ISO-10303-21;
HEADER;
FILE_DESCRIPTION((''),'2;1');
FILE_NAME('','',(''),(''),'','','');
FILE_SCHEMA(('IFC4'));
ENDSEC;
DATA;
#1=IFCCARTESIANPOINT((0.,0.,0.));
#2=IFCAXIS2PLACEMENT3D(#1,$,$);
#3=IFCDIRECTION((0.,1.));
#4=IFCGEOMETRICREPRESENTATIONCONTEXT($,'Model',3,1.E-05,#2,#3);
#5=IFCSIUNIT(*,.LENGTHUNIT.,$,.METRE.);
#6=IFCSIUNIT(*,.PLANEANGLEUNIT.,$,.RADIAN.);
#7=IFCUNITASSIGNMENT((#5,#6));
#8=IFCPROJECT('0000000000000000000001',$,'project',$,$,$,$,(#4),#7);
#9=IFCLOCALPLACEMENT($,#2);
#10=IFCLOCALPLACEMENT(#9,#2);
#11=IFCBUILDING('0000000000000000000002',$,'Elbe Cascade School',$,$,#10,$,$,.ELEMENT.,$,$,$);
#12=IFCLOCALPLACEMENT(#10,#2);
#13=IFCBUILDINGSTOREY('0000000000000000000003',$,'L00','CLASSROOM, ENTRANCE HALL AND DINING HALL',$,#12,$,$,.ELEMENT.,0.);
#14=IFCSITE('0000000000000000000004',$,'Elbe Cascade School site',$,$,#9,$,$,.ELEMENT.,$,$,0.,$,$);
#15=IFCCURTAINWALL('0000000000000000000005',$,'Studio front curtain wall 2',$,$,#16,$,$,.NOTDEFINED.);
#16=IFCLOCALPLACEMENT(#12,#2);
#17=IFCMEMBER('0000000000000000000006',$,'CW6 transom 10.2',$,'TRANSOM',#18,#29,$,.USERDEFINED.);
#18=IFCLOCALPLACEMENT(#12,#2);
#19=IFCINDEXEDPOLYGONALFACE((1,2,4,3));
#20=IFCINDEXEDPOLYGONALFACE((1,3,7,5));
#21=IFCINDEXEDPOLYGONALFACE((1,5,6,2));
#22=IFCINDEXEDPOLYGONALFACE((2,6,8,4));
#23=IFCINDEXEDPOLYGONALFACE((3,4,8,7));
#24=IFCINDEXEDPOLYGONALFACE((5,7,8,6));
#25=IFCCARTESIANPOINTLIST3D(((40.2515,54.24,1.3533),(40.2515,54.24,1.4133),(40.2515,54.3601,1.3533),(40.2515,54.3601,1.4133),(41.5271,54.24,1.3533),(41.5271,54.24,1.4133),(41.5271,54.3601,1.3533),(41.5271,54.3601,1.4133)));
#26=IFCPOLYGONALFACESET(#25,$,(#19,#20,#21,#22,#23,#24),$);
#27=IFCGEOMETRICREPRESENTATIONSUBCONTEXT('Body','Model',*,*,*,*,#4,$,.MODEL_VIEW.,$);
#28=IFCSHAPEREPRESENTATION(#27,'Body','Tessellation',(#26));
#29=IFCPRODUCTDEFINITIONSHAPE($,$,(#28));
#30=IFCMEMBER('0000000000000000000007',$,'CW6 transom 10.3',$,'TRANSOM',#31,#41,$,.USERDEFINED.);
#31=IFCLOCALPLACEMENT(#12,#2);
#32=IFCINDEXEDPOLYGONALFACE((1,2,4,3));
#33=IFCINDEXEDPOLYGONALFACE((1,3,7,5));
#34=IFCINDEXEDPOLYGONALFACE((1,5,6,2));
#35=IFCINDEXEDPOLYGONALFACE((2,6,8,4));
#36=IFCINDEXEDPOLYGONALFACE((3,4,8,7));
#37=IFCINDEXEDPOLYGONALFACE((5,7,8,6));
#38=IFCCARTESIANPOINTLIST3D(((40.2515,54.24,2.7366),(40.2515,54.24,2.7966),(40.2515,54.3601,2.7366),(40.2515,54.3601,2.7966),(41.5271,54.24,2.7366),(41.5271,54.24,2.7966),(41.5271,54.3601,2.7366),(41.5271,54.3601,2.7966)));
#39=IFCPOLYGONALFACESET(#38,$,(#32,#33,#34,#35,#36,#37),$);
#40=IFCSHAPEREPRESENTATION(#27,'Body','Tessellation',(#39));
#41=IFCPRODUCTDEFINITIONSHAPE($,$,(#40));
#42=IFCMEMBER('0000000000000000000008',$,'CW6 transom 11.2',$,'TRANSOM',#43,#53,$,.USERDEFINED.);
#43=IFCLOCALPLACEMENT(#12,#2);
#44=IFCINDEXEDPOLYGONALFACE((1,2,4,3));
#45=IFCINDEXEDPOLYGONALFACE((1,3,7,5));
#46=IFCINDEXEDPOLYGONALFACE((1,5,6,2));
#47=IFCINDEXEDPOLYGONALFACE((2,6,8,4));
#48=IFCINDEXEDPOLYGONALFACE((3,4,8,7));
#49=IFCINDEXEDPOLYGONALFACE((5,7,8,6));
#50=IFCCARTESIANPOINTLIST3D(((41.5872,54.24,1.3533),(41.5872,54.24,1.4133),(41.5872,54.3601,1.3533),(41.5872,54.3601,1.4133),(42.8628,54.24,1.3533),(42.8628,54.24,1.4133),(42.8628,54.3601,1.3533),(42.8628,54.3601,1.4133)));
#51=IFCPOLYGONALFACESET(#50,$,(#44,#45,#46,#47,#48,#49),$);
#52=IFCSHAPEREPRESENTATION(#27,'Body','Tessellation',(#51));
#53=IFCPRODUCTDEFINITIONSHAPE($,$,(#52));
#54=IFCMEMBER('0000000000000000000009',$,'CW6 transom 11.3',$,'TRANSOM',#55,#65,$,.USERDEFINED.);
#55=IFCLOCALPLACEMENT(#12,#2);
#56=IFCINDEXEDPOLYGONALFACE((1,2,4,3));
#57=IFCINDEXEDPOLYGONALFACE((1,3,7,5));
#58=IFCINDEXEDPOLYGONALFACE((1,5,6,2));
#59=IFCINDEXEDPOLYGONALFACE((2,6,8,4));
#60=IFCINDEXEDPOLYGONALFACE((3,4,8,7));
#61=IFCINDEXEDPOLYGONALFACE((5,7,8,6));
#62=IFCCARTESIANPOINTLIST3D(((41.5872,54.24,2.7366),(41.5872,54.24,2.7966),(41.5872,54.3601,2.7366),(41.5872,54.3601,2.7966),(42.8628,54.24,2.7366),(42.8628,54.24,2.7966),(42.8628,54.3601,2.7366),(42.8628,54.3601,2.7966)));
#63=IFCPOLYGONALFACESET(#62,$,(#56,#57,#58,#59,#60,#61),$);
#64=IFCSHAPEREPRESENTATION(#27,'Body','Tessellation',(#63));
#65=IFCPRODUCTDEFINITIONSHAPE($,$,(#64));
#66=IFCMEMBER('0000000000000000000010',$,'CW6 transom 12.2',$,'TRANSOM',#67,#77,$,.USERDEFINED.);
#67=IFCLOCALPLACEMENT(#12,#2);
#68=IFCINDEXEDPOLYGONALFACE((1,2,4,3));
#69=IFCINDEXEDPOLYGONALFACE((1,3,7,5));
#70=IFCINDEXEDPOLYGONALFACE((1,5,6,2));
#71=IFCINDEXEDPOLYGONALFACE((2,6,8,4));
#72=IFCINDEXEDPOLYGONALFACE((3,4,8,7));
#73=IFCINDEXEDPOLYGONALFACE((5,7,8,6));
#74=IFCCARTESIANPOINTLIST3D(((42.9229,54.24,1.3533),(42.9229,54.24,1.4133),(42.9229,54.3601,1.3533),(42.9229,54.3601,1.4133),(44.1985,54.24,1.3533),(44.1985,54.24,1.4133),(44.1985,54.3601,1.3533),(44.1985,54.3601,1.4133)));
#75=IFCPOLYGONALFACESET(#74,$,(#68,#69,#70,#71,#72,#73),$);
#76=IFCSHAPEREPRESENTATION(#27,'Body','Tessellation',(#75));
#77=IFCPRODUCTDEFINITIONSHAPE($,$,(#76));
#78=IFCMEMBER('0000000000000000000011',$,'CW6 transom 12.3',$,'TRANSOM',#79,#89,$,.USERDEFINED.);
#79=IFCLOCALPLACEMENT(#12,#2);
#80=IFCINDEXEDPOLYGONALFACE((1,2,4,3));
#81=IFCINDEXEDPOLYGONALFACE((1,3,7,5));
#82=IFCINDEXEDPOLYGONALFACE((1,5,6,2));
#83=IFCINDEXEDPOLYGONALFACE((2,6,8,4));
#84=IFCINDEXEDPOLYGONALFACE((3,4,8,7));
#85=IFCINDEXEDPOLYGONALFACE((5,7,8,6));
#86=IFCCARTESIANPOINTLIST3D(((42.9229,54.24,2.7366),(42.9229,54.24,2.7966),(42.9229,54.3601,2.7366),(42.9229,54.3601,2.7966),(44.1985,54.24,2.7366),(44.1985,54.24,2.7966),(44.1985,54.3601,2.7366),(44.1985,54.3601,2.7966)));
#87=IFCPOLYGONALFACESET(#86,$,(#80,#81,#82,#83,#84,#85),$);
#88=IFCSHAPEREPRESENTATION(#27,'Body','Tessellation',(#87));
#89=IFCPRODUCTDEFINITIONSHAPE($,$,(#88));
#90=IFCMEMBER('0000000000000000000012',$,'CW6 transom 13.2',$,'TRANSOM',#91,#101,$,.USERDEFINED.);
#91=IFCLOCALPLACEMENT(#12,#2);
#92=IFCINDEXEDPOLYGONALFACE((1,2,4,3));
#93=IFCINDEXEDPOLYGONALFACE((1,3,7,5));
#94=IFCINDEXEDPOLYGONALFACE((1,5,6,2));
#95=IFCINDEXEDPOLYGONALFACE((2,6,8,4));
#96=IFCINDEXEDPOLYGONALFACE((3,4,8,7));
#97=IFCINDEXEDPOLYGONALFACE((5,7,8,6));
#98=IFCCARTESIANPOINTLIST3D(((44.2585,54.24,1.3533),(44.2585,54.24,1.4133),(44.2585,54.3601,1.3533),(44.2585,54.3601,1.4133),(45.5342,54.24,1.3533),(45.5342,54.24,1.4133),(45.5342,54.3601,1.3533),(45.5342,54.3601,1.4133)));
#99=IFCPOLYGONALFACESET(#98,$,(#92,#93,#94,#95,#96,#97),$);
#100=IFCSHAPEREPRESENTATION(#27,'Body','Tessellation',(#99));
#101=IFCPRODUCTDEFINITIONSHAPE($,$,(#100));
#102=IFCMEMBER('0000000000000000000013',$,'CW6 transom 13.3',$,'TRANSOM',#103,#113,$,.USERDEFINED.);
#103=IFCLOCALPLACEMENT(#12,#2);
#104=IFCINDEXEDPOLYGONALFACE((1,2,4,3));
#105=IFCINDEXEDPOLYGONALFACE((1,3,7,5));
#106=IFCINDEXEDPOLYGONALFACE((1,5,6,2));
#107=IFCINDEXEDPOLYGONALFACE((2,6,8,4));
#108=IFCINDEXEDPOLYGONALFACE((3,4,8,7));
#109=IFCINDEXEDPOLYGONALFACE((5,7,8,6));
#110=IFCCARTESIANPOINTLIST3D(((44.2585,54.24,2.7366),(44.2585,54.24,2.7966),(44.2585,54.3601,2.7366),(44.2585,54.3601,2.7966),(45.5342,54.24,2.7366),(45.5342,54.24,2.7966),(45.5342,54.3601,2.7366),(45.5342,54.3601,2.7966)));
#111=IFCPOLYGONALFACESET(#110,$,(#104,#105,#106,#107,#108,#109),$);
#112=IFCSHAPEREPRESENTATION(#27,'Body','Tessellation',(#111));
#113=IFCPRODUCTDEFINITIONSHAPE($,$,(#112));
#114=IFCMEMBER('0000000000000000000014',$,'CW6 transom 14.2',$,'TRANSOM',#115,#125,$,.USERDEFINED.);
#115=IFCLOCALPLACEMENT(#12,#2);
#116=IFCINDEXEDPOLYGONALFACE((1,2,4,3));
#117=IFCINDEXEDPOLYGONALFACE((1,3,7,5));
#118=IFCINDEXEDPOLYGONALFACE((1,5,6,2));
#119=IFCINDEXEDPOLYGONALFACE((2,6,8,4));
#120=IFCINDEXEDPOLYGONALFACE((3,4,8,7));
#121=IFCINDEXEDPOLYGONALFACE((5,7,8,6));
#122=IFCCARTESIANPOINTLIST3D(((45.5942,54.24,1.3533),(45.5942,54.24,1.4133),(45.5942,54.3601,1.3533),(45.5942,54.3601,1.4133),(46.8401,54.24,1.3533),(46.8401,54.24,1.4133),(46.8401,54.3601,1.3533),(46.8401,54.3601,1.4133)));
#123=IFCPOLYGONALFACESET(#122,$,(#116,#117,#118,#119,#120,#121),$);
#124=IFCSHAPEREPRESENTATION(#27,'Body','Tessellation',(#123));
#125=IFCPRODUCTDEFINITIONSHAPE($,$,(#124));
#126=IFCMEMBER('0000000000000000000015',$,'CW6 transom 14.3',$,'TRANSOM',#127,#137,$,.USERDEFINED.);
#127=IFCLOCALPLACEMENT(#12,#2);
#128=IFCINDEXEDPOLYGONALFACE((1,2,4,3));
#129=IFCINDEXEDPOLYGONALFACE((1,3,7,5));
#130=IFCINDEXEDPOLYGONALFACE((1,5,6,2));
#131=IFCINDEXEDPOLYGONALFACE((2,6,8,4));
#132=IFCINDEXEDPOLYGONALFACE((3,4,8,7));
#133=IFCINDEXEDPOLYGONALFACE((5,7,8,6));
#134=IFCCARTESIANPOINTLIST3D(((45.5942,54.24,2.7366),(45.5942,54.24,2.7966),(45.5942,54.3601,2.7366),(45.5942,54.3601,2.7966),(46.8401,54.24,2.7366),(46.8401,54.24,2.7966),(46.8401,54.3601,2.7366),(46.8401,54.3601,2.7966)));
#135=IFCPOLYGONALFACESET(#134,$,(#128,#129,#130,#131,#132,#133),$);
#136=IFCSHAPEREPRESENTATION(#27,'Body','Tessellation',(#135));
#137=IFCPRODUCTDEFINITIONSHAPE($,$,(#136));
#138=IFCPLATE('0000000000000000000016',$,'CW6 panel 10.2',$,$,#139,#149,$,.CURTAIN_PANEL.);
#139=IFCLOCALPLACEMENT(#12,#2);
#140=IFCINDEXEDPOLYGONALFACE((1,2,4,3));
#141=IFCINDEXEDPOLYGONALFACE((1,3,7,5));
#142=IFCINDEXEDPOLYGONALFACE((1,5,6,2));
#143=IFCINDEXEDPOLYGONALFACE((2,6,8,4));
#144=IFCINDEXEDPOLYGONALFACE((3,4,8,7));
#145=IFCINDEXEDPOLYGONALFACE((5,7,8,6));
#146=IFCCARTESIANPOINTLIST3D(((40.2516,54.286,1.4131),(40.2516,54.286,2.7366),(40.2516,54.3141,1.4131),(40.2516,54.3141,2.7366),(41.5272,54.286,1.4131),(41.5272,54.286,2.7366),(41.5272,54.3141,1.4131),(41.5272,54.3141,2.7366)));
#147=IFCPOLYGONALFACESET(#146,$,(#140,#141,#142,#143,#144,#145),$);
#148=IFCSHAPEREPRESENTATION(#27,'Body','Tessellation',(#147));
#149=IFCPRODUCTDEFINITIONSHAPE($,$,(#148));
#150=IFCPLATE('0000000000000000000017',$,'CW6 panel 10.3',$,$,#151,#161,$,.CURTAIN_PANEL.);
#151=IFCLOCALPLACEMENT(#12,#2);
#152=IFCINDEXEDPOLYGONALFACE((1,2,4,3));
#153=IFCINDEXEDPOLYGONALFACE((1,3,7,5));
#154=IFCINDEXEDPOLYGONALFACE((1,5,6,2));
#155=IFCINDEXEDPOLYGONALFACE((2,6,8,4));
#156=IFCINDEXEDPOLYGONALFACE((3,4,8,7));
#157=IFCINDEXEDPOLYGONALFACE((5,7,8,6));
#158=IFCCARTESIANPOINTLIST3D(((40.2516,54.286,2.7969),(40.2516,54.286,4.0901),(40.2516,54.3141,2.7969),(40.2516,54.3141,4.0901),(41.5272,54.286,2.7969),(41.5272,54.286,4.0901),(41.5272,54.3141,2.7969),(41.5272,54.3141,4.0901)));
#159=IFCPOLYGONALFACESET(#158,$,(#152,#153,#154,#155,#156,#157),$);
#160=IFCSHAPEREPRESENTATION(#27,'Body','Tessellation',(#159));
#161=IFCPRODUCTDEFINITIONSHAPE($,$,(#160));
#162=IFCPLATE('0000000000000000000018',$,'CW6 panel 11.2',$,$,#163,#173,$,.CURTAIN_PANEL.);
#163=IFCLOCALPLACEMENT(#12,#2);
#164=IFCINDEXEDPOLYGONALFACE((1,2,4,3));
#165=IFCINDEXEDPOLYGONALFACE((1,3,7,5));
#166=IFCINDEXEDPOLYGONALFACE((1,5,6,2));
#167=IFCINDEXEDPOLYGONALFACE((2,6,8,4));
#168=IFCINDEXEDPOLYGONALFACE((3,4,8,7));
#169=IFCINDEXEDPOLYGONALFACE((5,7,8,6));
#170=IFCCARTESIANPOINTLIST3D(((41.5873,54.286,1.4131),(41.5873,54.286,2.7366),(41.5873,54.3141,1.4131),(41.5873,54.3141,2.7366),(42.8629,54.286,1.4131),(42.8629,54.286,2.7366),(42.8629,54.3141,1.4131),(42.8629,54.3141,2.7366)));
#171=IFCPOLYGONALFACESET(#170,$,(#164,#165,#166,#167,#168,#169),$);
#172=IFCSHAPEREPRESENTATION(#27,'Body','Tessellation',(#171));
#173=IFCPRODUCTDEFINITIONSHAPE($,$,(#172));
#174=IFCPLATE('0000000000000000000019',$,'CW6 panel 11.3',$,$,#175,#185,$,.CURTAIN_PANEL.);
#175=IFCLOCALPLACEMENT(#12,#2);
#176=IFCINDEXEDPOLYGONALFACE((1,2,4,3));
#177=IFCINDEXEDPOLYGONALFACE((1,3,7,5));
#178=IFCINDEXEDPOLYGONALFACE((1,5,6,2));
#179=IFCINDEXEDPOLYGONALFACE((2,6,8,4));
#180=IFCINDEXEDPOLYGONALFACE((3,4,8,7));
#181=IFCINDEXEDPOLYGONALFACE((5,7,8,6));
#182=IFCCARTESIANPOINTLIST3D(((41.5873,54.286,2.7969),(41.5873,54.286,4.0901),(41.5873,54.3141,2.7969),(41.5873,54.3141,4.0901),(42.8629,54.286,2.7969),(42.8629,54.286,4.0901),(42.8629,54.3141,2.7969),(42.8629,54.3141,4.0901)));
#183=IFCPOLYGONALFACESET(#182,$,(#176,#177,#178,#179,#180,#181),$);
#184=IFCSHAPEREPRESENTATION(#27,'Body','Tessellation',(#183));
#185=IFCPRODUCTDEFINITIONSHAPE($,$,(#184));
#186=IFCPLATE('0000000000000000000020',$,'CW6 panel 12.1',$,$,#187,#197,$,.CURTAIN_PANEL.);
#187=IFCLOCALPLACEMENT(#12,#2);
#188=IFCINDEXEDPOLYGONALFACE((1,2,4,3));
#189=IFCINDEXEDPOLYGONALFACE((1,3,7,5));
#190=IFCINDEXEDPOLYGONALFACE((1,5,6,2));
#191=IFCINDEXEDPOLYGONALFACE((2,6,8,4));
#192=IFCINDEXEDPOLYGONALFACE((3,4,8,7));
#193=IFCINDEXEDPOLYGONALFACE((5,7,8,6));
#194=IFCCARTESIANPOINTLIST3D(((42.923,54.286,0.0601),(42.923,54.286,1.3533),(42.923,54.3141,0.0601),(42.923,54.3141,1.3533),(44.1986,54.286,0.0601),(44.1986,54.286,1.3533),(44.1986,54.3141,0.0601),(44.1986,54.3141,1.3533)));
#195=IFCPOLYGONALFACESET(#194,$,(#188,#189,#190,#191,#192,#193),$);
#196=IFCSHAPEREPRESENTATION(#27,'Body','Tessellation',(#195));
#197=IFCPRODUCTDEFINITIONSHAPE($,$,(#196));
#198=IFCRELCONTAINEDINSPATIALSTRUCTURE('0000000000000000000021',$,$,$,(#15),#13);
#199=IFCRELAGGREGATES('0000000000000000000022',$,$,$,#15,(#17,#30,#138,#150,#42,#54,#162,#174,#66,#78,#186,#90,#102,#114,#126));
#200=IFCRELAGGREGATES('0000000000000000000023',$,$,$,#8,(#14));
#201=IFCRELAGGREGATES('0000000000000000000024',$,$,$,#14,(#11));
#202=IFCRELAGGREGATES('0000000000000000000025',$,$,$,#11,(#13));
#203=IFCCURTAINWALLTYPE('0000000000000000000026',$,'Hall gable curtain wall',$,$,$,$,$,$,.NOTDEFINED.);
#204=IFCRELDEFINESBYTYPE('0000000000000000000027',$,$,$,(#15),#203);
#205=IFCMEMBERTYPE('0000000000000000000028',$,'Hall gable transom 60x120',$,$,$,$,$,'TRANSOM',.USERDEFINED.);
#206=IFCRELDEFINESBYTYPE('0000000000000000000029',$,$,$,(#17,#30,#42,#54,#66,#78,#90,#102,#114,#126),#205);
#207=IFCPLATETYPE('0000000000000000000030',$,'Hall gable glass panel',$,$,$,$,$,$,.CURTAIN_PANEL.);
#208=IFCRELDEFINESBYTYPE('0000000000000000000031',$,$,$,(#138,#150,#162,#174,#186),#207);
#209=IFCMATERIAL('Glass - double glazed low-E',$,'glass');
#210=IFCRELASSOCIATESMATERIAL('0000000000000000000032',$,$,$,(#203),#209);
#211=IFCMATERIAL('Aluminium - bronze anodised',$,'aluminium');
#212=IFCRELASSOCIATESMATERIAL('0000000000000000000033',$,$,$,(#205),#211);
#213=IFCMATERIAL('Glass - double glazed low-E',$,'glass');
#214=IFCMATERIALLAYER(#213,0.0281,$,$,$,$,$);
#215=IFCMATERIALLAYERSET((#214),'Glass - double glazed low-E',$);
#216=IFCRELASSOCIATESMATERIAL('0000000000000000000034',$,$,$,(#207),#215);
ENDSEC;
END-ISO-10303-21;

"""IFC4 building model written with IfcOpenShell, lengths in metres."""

from ifc_helpers import new_model, si_unit, direction, frame, origin, origin_2d, place, context, subcontext, project, spatial, rectangle, extrude, material, layer, layer_set, material_profile, profile_set, type_object, element, aggregate, save


model = new_model("IFC4")

# Units and contexts
model_context = context("Model", 3, precision=1e-05, world=origin(), true_north=direction((0.0, 1.0)))
body_context = subcontext(model_context, "Body", "Model", "MODEL_VIEW")
ifc_project = project(units=[si_unit("LENGTHUNIT", "METRE"), si_unit("PLANEANGLEUNIT", "RADIAN")], contexts=[model_context])

# Site, building, storey
site_placement = place(None, origin())
site = spatial("IfcSite", under=ifc_project, at=site_placement, Name="Elbe Cascade School site", CompositionType="ELEMENT", RefElevation=0.0)
building_placement = place(site_placement, origin())
building = spatial("IfcBuilding", under=site, at=building_placement, Name="Elbe Cascade School", CompositionType="ELEMENT")
storey_placement = place(building_placement, origin())
storey = spatial("IfcBuildingStorey", under=building, at=storey_placement, Name="L00", Description="CLASSROOM, ENTRANCE HALL AND DINING HALL", CompositionType="ELEMENT", Elevation=0.0)

# Curtain wall, members, plates
ifc_material_1 = material(Name="Glass - double glazed low-E", Category="glass")
curtain_wall_type = type_object("IfcCurtainWallType", Name="Hall gable curtain wall", PredefinedType="NOTDEFINED", material=ifc_material_1)
curtain_wall_placement = place(storey_placement, origin())
curtain_wall = element("IfcCurtainWall", 1, at=curtain_wall_placement, inside=storey, type_object=curtain_wall_type, Name="Studio front curtain wall 2", PredefinedType="NOTDEFINED")
ifc_material_2 = material(Name="Aluminium - bronze anodised", Category="aluminium")
ifc_material_profile = material_profile(ifc_material_2, rectangle(XDim=0.1201, YDim=0.0601, at=origin_2d()), Name="Alu 60x120")
ifc_profile_set = profile_set([ifc_material_profile], Name="Aluminium - bronze anodised")
member_type = type_object("IfcMemberType", Name="Hall gable transom 60x120", ElementType="TRANSOM", PredefinedType="USERDEFINED", material=ifc_profile_set)
member_1_placement = place(storey_placement, frame((40.2515, 54.3, 1.3833), z_axis=(1.0, 0.0, 0.0), x_axis=(0.0, 1.0, 0.0)))
member_1 = element("IfcMember", 2, at=member_1_placement, type_object=member_type, Name="CW6 transom 10.2", ObjectType="TRANSOM", PredefinedType="USERDEFINED", context=body_context, shape_type="SweptSolid", body=[
    extrude(rectangle(XDim=0.1201, YDim=0.0601, at=origin_2d()), origin(), (0.0, 0.0, 1.0), 1.2756),
])
member_2_placement = place(storey_placement, frame((40.2515, 54.3, 2.7666), z_axis=(1.0, 0.0, 0.0), x_axis=(0.0, 1.0, 0.0)))
member_2 = element("IfcMember", 3, at=member_2_placement, type_object=member_type, Name="CW6 transom 10.3", ObjectType="TRANSOM", PredefinedType="USERDEFINED", context=body_context, shape_type="SweptSolid", body=[
    extrude(rectangle(XDim=0.1201, YDim=0.0601, at=origin_2d()), origin(), (0.0, 0.0, 1.0), 1.2756),
])
member_3_placement = place(storey_placement, frame((41.5872, 54.3, 1.3833), z_axis=(1.0, 0.0, 0.0), x_axis=(0.0, 1.0, 0.0)))
member_3 = element("IfcMember", 4, at=member_3_placement, type_object=member_type, Name="CW6 transom 11.2", ObjectType="TRANSOM", PredefinedType="USERDEFINED", context=body_context, shape_type="SweptSolid", body=[
    extrude(rectangle(XDim=0.1201, YDim=0.0601, at=origin_2d()), origin(), (0.0, 0.0, 1.0), 1.2756),
])
member_4_placement = place(storey_placement, frame((41.5872, 54.3, 2.7666), z_axis=(1.0, 0.0, 0.0), x_axis=(0.0, 1.0, 0.0)))
member_4 = element("IfcMember", 5, at=member_4_placement, type_object=member_type, Name="CW6 transom 11.3", ObjectType="TRANSOM", PredefinedType="USERDEFINED", context=body_context, shape_type="SweptSolid", body=[
    extrude(rectangle(XDim=0.1201, YDim=0.0601, at=origin_2d()), origin(), (0.0, 0.0, 1.0), 1.2756),
])
member_5_placement = place(storey_placement, frame((42.9229, 54.3, 1.3833), z_axis=(1.0, 0.0, 0.0), x_axis=(0.0, 1.0, 0.0)))
member_5 = element("IfcMember", 6, at=member_5_placement, type_object=member_type, Name="CW6 transom 12.2", ObjectType="TRANSOM", PredefinedType="USERDEFINED", context=body_context, shape_type="SweptSolid", body=[
    extrude(rectangle(XDim=0.1201, YDim=0.0601, at=origin_2d()), origin(), (0.0, 0.0, 1.0), 1.2756),
])
member_6_placement = place(storey_placement, frame((42.9229, 54.3, 2.7666), z_axis=(1.0, 0.0, 0.0), x_axis=(0.0, 1.0, 0.0)))
member_6 = element("IfcMember", 7, at=member_6_placement, type_object=member_type, Name="CW6 transom 12.3", ObjectType="TRANSOM", PredefinedType="USERDEFINED", context=body_context, shape_type="SweptSolid", body=[
    extrude(rectangle(XDim=0.1201, YDim=0.0601, at=origin_2d()), origin(), (0.0, 0.0, 1.0), 1.2756),
])
member_7_placement = place(storey_placement, frame((44.2585, 54.3, 1.3833), z_axis=(1.0, 0.0, 0.0), x_axis=(0.0, 1.0, 0.0)))
member_7 = element("IfcMember", 8, at=member_7_placement, type_object=member_type, Name="CW6 transom 13.2", ObjectType="TRANSOM", PredefinedType="USERDEFINED", context=body_context, shape_type="SweptSolid", body=[
    extrude(rectangle(XDim=0.1201, YDim=0.0601, at=origin_2d()), origin(), (0.0, 0.0, 1.0), 1.2756),
])
member_8_placement = place(storey_placement, frame((44.2585, 54.3, 2.7666), z_axis=(1.0, 0.0, 0.0), x_axis=(0.0, 1.0, 0.0)))
member_8 = element("IfcMember", 9, at=member_8_placement, type_object=member_type, Name="CW6 transom 13.3", ObjectType="TRANSOM", PredefinedType="USERDEFINED", context=body_context, shape_type="SweptSolid", body=[
    extrude(rectangle(XDim=0.1201, YDim=0.0601, at=origin_2d()), origin(), (0.0, 0.0, 1.0), 1.2756),
])
member_9_placement = place(storey_placement, frame((45.5942, 54.3, 1.3833), z_axis=(1.0, 0.0, 0.0), x_axis=(0.0, 1.0, 0.0)))
member_9 = element("IfcMember", 10, at=member_9_placement, type_object=member_type, Name="CW6 transom 14.2", ObjectType="TRANSOM", PredefinedType="USERDEFINED", context=body_context, shape_type="SweptSolid", body=[
    extrude(rectangle(XDim=0.1201, YDim=0.0601, at=origin_2d()), origin(), (0.0, 0.0, 1.0), 1.2458),
])
member_10_placement = place(storey_placement, frame((45.5942, 54.3, 2.7666), z_axis=(1.0, 0.0, 0.0), x_axis=(0.0, 1.0, 0.0)))
member_10 = element("IfcMember", 11, at=member_10_placement, type_object=member_type, Name="CW6 transom 14.3", ObjectType="TRANSOM", PredefinedType="USERDEFINED", context=body_context, shape_type="SweptSolid", body=[
    extrude(rectangle(XDim=0.1201, YDim=0.0601, at=origin_2d()), origin(), (0.0, 0.0, 1.0), 1.2458),
])
ifc_material_3 = material(Name="Glass - double glazed low-E", Category="glass")
ifc_layer = layer(ifc_material_3, 0.0281)
ifc_layer_set = layer_set([ifc_layer], Name="Glass - double glazed low-E")
plate_type = type_object("IfcPlateType", Name="Hall gable glass panel", PredefinedType="CURTAIN_PANEL", material=ifc_layer_set)
plate_1_placement = place(storey_placement, frame((40.8894, 54.3, 1.4131), z_axis=(0.0, 0.0, 1.0), x_axis=(1.0, 0.0, 0.0)))
plate_1 = element("IfcPlate", 12, at=plate_1_placement, type_object=plate_type, Name="CW6 panel 10.2", PredefinedType="CURTAIN_PANEL", context=body_context, shape_type="SweptSolid", body=[
    extrude(rectangle(XDim=1.2756, YDim=0.0281, at=origin_2d()), origin(), (0.0, 0.0, 1.0), 1.3235),
])
plate_2_placement = place(storey_placement, frame((40.8894, 54.3, 2.7969), z_axis=(0.0, 0.0, 1.0), x_axis=(1.0, 0.0, 0.0)))
plate_2 = element("IfcPlate", 13, at=plate_2_placement, type_object=plate_type, Name="CW6 panel 10.3", PredefinedType="CURTAIN_PANEL", context=body_context, shape_type="SweptSolid", body=[
    extrude(rectangle(XDim=1.2756, YDim=0.0281, at=origin_2d()), origin(), (0.0, 0.0, 1.0), 1.2932),
])
plate_3_placement = place(storey_placement, frame((42.2251, 54.3, 1.4131), z_axis=(0.0, 0.0, 1.0), x_axis=(1.0, 0.0, 0.0)))
plate_3 = element("IfcPlate", 14, at=plate_3_placement, type_object=plate_type, Name="CW6 panel 11.2", PredefinedType="CURTAIN_PANEL", context=body_context, shape_type="SweptSolid", body=[
    extrude(rectangle(XDim=1.2756, YDim=0.0281, at=origin_2d()), origin(), (0.0, 0.0, 1.0), 1.3235),
])
plate_4_placement = place(storey_placement, frame((42.2251, 54.3, 2.7969), z_axis=(0.0, 0.0, 1.0), x_axis=(1.0, 0.0, 0.0)))
plate_4 = element("IfcPlate", 15, at=plate_4_placement, type_object=plate_type, Name="CW6 panel 11.3", PredefinedType="CURTAIN_PANEL", context=body_context, shape_type="SweptSolid", body=[
    extrude(rectangle(XDim=1.2756, YDim=0.0281, at=origin_2d()), origin(), (0.0, 0.0, 1.0), 1.2932),
])
plate_5_placement = place(storey_placement, frame((43.5608, 54.3, 0.0601), z_axis=(0.0, 0.0, 1.0), x_axis=(1.0, 0.0, 0.0)))
plate_5 = element("IfcPlate", 16, at=plate_5_placement, type_object=plate_type, Name="CW6 panel 12.1", PredefinedType="CURTAIN_PANEL", context=body_context, shape_type="SweptSolid", body=[
    extrude(rectangle(XDim=1.2756, YDim=0.0281, at=origin_2d()), origin(), (0.0, 0.0, 1.0), 1.2932),
])
aggregate(curtain_wall, [member_1, member_2, plate_1, plate_2, member_3, member_4, plate_3, plate_4, member_5, member_6, plate_5, member_7, member_8, member_9, member_10])

save(model, "model.ifc")
